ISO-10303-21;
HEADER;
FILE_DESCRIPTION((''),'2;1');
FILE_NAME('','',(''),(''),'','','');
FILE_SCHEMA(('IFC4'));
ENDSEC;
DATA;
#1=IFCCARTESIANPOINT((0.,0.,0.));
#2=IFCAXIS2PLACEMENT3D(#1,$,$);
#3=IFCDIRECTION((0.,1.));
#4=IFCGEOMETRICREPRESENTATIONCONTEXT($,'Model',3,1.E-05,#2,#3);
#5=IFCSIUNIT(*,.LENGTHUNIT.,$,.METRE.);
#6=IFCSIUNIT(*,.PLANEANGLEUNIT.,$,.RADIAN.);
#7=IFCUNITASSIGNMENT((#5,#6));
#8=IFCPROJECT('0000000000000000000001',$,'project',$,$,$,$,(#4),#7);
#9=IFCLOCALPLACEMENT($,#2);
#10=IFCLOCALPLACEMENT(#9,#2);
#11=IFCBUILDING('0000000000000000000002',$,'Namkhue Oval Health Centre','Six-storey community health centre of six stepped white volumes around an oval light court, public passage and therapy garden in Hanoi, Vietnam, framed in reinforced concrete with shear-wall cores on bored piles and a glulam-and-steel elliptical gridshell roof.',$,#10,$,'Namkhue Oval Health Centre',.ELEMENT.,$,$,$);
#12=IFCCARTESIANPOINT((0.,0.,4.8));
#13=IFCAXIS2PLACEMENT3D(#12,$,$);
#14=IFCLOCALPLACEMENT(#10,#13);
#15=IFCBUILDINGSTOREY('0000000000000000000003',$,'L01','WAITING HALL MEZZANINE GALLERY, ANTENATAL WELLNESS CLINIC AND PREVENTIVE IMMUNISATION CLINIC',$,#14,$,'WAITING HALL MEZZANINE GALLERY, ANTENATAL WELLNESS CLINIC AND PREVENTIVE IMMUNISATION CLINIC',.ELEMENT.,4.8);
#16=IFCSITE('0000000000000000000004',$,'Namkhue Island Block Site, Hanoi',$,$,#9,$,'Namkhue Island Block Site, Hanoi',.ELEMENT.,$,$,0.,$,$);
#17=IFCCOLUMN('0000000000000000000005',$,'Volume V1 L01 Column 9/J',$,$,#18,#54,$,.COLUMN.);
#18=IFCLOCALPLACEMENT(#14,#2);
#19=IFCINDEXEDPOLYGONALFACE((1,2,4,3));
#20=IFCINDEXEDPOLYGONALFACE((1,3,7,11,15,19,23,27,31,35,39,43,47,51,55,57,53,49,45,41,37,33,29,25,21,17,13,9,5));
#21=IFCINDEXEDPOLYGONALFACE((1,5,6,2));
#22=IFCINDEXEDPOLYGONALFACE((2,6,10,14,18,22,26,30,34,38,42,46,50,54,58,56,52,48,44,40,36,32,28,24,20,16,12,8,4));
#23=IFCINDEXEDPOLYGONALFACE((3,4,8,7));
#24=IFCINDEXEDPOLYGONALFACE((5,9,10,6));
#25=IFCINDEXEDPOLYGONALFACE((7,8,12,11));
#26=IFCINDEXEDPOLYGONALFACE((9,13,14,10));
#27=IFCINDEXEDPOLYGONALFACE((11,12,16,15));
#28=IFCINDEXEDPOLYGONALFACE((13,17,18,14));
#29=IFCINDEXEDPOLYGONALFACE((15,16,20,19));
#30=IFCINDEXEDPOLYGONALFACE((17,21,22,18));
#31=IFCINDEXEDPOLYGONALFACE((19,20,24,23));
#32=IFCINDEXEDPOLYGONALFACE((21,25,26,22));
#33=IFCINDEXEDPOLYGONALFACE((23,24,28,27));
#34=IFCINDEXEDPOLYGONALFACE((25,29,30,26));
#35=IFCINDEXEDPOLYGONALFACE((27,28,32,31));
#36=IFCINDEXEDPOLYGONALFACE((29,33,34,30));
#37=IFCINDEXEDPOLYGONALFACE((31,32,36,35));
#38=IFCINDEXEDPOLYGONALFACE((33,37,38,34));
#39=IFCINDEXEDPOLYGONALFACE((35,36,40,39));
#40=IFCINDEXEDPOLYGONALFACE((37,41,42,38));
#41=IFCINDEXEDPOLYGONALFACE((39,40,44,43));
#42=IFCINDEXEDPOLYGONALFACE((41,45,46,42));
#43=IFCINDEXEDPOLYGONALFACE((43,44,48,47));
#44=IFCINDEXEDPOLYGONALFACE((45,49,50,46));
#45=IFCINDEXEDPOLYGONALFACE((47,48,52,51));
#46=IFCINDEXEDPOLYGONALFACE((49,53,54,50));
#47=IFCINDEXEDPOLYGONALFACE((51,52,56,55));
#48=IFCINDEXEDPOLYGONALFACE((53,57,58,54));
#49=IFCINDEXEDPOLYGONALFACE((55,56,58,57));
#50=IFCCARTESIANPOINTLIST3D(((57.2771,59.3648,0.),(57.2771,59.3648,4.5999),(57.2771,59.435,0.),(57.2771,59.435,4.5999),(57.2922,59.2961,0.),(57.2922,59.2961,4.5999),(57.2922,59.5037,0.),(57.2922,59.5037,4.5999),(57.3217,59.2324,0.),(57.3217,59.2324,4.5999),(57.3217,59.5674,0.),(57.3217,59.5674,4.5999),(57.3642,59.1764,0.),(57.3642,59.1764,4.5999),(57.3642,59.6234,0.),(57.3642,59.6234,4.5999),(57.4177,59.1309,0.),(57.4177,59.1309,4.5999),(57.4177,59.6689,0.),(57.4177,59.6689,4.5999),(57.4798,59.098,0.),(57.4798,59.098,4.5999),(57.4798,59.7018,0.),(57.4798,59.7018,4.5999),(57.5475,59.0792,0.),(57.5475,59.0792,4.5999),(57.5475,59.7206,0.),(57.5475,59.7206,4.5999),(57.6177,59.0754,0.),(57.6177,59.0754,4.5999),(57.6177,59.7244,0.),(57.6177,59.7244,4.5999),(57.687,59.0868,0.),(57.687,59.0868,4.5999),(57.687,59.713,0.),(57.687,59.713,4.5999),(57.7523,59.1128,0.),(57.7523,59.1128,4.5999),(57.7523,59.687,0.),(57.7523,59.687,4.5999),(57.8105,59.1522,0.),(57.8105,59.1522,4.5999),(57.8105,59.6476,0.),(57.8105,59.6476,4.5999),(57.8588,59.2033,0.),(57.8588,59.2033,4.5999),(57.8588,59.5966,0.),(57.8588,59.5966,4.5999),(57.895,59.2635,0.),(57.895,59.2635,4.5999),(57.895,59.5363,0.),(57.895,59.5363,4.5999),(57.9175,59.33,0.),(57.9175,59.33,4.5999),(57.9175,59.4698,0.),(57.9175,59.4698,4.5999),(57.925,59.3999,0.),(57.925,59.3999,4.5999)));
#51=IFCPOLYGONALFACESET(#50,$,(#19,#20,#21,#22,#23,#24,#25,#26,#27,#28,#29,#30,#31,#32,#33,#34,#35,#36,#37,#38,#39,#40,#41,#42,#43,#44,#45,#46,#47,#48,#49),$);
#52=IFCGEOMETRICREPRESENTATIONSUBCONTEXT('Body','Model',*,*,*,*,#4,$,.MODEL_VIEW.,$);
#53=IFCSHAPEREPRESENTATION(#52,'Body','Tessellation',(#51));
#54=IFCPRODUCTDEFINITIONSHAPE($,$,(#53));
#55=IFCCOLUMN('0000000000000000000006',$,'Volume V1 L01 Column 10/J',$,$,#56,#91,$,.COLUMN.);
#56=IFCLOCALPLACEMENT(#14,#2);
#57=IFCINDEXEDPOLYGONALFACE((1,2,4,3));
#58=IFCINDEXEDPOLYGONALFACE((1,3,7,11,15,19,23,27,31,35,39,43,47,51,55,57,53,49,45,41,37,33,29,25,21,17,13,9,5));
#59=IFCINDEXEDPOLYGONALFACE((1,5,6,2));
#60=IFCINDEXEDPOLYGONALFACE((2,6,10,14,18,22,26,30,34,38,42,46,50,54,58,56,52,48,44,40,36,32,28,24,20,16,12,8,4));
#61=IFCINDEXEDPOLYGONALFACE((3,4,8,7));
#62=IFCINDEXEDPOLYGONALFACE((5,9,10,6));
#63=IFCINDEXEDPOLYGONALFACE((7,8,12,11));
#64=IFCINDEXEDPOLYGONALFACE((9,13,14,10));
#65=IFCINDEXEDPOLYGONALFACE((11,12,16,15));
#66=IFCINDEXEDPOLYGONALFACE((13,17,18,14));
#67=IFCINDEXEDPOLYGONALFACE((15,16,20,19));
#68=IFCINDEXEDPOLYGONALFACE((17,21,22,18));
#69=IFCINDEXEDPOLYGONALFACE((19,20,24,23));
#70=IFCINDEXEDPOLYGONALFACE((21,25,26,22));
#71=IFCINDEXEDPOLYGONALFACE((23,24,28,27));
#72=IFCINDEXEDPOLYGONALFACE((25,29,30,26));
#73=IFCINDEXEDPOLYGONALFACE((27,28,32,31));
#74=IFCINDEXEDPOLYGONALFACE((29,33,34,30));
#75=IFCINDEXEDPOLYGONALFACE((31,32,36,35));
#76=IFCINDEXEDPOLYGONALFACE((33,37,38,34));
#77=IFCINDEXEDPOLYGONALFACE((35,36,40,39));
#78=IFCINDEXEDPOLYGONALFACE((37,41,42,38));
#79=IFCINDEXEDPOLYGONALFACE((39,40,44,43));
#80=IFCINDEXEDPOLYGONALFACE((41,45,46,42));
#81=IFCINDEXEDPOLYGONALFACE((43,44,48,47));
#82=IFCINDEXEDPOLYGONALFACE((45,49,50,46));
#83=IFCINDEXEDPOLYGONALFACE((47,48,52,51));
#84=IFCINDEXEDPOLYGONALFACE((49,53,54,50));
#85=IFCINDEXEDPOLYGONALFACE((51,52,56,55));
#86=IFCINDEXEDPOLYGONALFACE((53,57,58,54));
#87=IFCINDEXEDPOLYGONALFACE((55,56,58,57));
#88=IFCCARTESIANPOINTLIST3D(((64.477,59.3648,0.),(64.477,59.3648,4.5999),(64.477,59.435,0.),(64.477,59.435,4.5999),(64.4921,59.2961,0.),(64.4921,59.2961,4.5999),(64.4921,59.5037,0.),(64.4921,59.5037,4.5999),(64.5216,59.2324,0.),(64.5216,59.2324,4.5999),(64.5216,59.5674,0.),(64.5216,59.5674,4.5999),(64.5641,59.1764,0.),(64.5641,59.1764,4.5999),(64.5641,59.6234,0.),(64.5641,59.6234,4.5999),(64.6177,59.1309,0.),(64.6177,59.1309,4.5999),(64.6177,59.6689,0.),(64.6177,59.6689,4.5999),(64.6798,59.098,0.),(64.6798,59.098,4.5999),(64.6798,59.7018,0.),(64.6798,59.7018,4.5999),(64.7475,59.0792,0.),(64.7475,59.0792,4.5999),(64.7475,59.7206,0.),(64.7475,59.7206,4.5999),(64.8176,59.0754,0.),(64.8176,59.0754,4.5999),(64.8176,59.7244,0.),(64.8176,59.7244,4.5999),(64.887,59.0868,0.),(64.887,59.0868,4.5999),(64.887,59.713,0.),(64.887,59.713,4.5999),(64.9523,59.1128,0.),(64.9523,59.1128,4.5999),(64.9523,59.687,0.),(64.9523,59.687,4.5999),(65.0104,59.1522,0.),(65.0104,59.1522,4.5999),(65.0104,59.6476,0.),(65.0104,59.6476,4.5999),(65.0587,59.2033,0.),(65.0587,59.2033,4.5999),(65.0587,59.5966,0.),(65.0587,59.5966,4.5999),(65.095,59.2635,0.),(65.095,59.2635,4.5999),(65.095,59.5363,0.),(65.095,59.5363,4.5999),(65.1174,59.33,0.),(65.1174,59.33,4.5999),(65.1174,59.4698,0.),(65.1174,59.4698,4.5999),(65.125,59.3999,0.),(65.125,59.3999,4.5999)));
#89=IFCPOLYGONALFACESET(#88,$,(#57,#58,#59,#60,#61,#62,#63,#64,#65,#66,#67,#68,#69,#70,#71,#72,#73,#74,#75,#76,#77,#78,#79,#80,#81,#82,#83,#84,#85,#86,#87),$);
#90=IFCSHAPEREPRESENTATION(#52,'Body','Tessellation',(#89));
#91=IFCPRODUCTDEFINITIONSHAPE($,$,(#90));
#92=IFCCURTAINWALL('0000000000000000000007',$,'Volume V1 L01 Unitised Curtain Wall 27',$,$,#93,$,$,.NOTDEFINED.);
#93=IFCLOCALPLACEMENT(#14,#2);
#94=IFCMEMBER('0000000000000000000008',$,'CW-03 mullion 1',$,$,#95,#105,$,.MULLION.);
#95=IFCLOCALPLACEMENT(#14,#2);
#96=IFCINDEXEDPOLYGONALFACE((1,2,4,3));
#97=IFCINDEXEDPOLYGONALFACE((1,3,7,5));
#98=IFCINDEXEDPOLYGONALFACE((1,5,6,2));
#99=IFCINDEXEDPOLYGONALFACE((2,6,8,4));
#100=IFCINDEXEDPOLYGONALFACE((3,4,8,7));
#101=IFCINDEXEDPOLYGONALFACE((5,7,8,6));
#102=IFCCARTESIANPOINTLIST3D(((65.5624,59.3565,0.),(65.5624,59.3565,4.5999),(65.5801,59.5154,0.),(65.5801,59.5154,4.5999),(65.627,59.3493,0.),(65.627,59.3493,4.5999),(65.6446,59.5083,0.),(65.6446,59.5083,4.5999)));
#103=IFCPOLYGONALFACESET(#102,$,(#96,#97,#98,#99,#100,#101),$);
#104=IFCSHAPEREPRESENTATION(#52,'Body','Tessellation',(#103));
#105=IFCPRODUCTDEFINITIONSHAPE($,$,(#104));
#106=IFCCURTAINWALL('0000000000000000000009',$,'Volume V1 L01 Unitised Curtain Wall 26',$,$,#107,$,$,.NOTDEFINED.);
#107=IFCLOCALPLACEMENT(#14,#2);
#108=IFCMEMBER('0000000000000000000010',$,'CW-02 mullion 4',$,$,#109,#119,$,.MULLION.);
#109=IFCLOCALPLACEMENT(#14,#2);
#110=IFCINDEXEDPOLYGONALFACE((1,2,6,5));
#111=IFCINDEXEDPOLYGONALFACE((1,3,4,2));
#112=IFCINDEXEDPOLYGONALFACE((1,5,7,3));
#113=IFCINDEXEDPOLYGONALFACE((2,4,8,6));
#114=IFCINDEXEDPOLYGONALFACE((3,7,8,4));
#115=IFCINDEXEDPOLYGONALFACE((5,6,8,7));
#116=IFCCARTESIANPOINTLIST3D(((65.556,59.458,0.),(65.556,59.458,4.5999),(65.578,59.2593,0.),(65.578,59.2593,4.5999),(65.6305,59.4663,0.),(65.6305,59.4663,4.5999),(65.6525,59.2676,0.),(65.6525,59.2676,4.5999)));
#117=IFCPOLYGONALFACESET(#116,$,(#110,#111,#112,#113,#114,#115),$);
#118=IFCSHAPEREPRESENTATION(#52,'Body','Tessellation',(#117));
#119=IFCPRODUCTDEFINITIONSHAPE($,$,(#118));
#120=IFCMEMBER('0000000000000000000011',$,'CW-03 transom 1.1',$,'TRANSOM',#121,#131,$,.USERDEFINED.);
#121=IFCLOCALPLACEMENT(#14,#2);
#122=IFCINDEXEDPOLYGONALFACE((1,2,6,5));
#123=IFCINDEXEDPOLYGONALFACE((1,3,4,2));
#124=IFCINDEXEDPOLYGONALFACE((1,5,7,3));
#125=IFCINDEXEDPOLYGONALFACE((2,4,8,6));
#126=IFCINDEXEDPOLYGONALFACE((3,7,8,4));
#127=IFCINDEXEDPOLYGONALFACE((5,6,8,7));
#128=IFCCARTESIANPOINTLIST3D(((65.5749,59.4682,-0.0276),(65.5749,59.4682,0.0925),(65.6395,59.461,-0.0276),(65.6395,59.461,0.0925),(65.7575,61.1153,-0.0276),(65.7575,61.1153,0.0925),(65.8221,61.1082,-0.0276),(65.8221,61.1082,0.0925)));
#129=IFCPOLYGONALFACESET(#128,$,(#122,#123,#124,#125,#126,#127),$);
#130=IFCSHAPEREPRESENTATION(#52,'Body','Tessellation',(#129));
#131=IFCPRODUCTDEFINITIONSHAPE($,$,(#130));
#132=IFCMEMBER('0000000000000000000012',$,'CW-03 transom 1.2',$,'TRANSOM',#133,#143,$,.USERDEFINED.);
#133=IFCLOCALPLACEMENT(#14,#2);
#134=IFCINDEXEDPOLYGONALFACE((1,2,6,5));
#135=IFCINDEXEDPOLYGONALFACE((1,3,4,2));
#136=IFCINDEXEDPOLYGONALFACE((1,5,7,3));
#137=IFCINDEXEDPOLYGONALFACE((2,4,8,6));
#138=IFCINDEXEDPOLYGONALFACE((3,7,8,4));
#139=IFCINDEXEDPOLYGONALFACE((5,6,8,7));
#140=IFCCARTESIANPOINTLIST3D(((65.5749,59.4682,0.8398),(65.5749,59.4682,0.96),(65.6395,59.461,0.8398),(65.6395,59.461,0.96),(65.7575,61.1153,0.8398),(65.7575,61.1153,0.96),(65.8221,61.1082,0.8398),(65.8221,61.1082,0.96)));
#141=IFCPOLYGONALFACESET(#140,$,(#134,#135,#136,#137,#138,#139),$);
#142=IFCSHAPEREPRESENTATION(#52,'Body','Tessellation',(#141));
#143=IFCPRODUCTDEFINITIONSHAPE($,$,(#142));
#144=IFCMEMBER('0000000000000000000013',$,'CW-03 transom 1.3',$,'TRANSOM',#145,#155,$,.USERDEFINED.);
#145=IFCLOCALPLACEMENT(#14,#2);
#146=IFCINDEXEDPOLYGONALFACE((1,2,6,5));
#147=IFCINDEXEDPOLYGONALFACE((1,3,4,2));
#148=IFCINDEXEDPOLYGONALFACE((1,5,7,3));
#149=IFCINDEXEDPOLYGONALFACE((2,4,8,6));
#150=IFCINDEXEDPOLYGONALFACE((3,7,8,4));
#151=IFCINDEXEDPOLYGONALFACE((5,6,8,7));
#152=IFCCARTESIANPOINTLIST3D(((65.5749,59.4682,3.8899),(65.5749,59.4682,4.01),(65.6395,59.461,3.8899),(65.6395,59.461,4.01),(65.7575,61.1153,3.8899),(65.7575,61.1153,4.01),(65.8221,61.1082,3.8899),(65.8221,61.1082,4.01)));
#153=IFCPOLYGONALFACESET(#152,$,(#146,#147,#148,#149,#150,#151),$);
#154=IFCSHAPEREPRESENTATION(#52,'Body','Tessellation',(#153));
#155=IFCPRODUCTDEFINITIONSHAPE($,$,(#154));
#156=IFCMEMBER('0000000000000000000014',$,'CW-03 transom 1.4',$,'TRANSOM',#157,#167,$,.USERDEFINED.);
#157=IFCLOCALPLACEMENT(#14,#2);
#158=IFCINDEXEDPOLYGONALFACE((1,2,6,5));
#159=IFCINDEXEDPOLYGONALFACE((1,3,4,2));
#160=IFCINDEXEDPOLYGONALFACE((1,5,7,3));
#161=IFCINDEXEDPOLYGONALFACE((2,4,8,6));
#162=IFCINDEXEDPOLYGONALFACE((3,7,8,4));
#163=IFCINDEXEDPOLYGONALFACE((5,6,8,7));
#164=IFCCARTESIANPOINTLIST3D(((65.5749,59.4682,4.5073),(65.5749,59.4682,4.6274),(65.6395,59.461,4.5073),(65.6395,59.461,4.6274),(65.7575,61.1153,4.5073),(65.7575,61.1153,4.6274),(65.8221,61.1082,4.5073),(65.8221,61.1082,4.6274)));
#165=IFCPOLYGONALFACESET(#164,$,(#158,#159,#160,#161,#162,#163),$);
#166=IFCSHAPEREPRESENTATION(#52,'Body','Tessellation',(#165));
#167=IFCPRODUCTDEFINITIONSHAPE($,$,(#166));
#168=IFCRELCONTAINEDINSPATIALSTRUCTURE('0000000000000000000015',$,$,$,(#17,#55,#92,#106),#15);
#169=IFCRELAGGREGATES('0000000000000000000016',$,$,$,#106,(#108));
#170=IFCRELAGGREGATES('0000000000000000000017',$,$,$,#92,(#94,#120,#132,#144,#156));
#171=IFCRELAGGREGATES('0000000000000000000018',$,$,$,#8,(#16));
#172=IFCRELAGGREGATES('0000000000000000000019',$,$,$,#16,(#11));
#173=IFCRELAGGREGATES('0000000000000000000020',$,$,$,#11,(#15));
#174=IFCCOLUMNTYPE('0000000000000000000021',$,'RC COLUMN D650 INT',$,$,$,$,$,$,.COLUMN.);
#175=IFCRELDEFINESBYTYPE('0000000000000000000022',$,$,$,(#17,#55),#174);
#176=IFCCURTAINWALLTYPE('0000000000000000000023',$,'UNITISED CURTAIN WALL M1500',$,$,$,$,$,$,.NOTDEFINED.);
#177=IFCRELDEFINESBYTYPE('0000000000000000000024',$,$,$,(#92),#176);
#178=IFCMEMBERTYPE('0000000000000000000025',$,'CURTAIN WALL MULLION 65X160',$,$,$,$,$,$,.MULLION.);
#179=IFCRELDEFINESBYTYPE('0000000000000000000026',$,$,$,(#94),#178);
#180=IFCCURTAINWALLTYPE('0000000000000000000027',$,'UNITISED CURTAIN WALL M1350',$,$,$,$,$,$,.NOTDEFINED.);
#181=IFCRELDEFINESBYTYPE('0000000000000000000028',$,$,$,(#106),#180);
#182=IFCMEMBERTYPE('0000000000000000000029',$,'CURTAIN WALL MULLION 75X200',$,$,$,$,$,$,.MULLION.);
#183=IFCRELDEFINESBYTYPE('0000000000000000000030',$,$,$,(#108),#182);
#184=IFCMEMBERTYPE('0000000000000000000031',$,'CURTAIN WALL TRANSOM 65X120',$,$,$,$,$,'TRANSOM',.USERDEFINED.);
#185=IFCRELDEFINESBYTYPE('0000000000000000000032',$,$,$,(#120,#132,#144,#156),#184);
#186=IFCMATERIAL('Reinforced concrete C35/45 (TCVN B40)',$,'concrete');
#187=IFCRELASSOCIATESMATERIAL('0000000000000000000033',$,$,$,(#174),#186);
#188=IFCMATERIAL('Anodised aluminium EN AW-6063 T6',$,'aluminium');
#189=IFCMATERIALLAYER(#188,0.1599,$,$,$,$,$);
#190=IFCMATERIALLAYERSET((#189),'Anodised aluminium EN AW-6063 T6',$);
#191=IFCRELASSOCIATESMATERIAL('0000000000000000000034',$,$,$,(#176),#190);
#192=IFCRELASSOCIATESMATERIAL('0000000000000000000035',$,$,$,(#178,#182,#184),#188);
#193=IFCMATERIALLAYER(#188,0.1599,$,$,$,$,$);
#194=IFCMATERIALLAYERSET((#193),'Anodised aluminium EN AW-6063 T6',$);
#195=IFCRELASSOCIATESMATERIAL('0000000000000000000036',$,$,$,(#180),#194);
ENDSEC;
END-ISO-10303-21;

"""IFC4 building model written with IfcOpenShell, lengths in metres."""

from ifc_helpers import new_model, si_unit, direction, frame, origin, origin_2d, place, context, subcontext, project, spatial, rectangle, circle, extrude, material, layer, layer_set, material_profile, profile_set, type_object, element, aggregate, save


model = new_model("IFC4")

# Units and contexts
model_context = context("Model", 3, precision=1e-05, world=origin(), true_north=direction((0.0, 1.0)))
body_context = subcontext(model_context, "Body", "Model", "MODEL_VIEW")
ifc_project = project(units=[si_unit("LENGTHUNIT", "METRE"), si_unit("PLANEANGLEUNIT", "RADIAN")], contexts=[model_context])

# Site, building, storey
site_placement = place(None, origin())
site = spatial("IfcSite", under=ifc_project, at=site_placement, Name="Namkhue Island Block Site, Hanoi", LongName="Namkhue Island Block Site, Hanoi", CompositionType="ELEMENT", RefElevation=0.0)
building_placement = place(site_placement, origin())
building = spatial("IfcBuilding", under=site, at=building_placement, Name="Namkhue Oval Health Centre", Description="Six-storey community health centre of six stepped white volumes around an oval light court, public passage and therapy garden in Hanoi, Vietnam, framed in reinforced concrete with shear-wall cores on bored piles and a glulam-and-steel elliptical gridshell roof.", LongName="Namkhue Oval Health Centre", CompositionType="ELEMENT")
storey_placement = place(building_placement, frame((0.0, 0.0, 4.8)))
storey = spatial("IfcBuildingStorey", under=building, at=storey_placement, Name="L01", Description="WAITING HALL MEZZANINE GALLERY, ANTENATAL WELLNESS CLINIC AND PREVENTIVE IMMUNISATION CLINIC", LongName="WAITING HALL MEZZANINE GALLERY, ANTENATAL WELLNESS CLINIC AND PREVENTIVE IMMUNISATION CLINIC", CompositionType="ELEMENT", Elevation=4.8)

# Columns
ifc_material_1 = material(Name="Reinforced concrete C35/45 (TCVN B40)", Category="concrete")
ifc_material_profile_1 = material_profile(ifc_material_1, circle(Radius=0.325, at=origin_2d()), Name="RC D650")
ifc_profile_set_1 = profile_set([ifc_material_profile_1], Name="Reinforced concrete C35/45 (TCVN B40)")
column_type = type_object("IfcColumnType", Name="RC COLUMN D650 INT", PredefinedType="COLUMN", material=ifc_profile_set_1)
for number, where, z_axis, x_axis, name in (
    (1, (57.6001, 59.3999, 0.0), (0.0, 0.0, 1.0), (1.0, 0.0, 0.0), "Volume V1 L01 Column 9/J"),
    (2, (64.8, 59.3999, 0.0), (0.0, 0.0, 1.0), (1.0, 0.0, 0.0), "Volume V1 L01 Column 10/J"),
):
    element("IfcColumn", number, at=place(storey_placement, frame(where, z_axis=z_axis, x_axis=x_axis)), inside=storey, type_object=column_type, Name=name, PredefinedType="COLUMN", context=body_context, shape_type="SweptSolid", body=[
        extrude(circle(Radius=0.325, at=origin_2d()), origin(), (0.0, 0.0, 1.0), 4.5999),
    ])

# Curtain walls, members
ifc_material_2 = material(Name="Anodised aluminium EN AW-6063 T6", Category="aluminium")
ifc_layer_1 = layer(ifc_material_2, 0.1599)
ifc_layer_set_1 = layer_set([ifc_layer_1], Name="Anodised aluminium EN AW-6063 T6")
curtain_wall_type_1 = type_object("IfcCurtainWallType", Name="UNITISED CURTAIN WALL M1500", PredefinedType="NOTDEFINED", material=ifc_layer_set_1)
curtain_wall_1_placement = place(storey_placement, origin())
curtain_wall_1 = element("IfcCurtainWall", 3, at=curtain_wall_1_placement, inside=storey, type_object=curtain_wall_type_1, Name="Volume V1 L01 Unitised Curtain Wall 27", PredefinedType="NOTDEFINED")
ifc_material_profile_2 = material_profile(ifc_material_2, rectangle(XDim=0.0649, YDim=0.1599, at=origin_2d()), Name="ALU 65x160")
ifc_profile_set_2 = profile_set([ifc_material_profile_2], Name="Anodised aluminium EN AW-6063 T6")
member_type_1 = type_object("IfcMemberType", Name="CURTAIN WALL MULLION 65X160", PredefinedType="MULLION", material=ifc_profile_set_2)
member_1_placement = place(storey_placement, frame((65.6035, 59.4324, 0.0), z_axis=(0.0, 0.0, 1.0), x_axis=(-0.993901, 0.110275, 0.0)))
member_1 = element("IfcMember", 4, at=member_1_placement, type_object=member_type_1, Name="CW-03 mullion 1", PredefinedType="MULLION", context=body_context, shape_type="SweptSolid", body=[
    extrude(rectangle(XDim=0.0649, YDim=0.1599, at=origin_2d()), origin(), (0.0, 0.0, 1.0), 4.5999),
])
ifc_layer_2 = layer(ifc_material_2, 0.1599)
ifc_layer_set_2 = layer_set([ifc_layer_2], Name="Anodised aluminium EN AW-6063 T6")
curtain_wall_type_2 = type_object("IfcCurtainWallType", Name="UNITISED CURTAIN WALL M1350", PredefinedType="NOTDEFINED", material=ifc_layer_set_2)
curtain_wall_2_placement = place(storey_placement, origin())
curtain_wall_2 = element("IfcCurtainWall", 5, at=curtain_wall_2_placement, inside=storey, type_object=curtain_wall_type_2, Name="Volume V1 L01 Unitised Curtain Wall 26", PredefinedType="NOTDEFINED")
ifc_material_profile_3 = material_profile(ifc_material_2, rectangle(XDim=0.075, YDim=0.2, at=origin_2d()), Name="ALU 75x200")
ifc_profile_set_3 = profile_set([ifc_material_profile_3], Name="Anodised aluminium EN AW-6063 T6")
member_type_2 = type_object("IfcMemberType", Name="CURTAIN WALL MULLION 75X200", PredefinedType="MULLION", material=ifc_profile_set_3)
member_2_placement = place(storey_placement, frame((65.6042, 59.3628, 0.0), z_axis=(0.0, 0.0, 1.0), x_axis=(-0.993901, -0.110275, 0.0)))
member_2 = element("IfcMember", 6, at=member_2_placement, type_object=member_type_2, Name="CW-02 mullion 4", PredefinedType="MULLION", context=body_context, shape_type="SweptSolid", body=[
    extrude(rectangle(XDim=0.075, YDim=0.2, at=origin_2d()), origin(), (0.0, 0.0, 1.0), 4.5999),
])

# Members
ifc_material_profile_4 = material_profile(ifc_material_2, rectangle(XDim=0.0649, YDim=0.1201, at=origin_2d()), Name="ALU 65x120")
ifc_profile_set_4 = profile_set([ifc_material_profile_4], Name="Anodised aluminium EN AW-6063 T6")
member_type_3 = type_object("IfcMemberType", Name="CURTAIN WALL TRANSOM 65X120", ElementType="TRANSOM", PredefinedType="USERDEFINED", material=ifc_profile_set_4)
member_3_placement = place(storey_placement, frame((65.6072, 59.4646, 0.0325), z_axis=(0.110189, 0.993911, 0.0), x_axis=(-0.993911, 0.110189, 0.0)))
member_3 = element("IfcMember", 7, at=member_3_placement, type_object=member_type_3, Name="CW-03 transom 1.1", ObjectType="TRANSOM", PredefinedType="USERDEFINED", context=body_context, shape_type="SweptSolid", body=[
    extrude(rectangle(XDim=0.0649, YDim=0.1201, at=origin_2d()), origin(), (0.0, 0.0, 1.0), 1.6572),
])
member_4_placement = place(storey_placement, frame((65.6072, 59.4646, 0.8999), z_axis=(0.110189, 0.993911, 0.0), x_axis=(-0.993911, 0.110189, 0.0)))
member_4 = element("IfcMember", 8, at=member_4_placement, type_object=member_type_3, Name="CW-03 transom 1.2", ObjectType="TRANSOM", PredefinedType="USERDEFINED", context=body_context, shape_type="SweptSolid", body=[
    extrude(rectangle(XDim=0.0649, YDim=0.1201, at=origin_2d()), origin(), (0.0, 0.0, 1.0), 1.6572),
])
member_5_placement = place(storey_placement, frame((65.6072, 59.4646, 3.95), z_axis=(0.110189, 0.993911, 0.0), x_axis=(-0.993911, 0.110189, 0.0)))
member_5 = element("IfcMember", 9, at=member_5_placement, type_object=member_type_3, Name="CW-03 transom 1.3", ObjectType="TRANSOM", PredefinedType="USERDEFINED", context=body_context, shape_type="SweptSolid", body=[
    extrude(rectangle(XDim=0.0649, YDim=0.1201, at=origin_2d()), origin(), (0.0, 0.0, 1.0), 1.6572),
])
member_6_placement = place(storey_placement, frame((65.6072, 59.4646, 4.5674), z_axis=(0.110189, 0.993911, 0.0), x_axis=(-0.993911, 0.110189, 0.0)))
member_6 = element("IfcMember", 10, at=member_6_placement, type_object=member_type_3, Name="CW-03 transom 1.4", ObjectType="TRANSOM", PredefinedType="USERDEFINED", context=body_context, shape_type="SweptSolid", body=[
    extrude(rectangle(XDim=0.0649, YDim=0.1201, at=origin_2d()), origin(), (0.0, 0.0, 1.0), 1.6572),
])

aggregate(curtain_wall_2, [member_2])
aggregate(curtain_wall_1, [member_1, member_3, member_4, member_5, member_6])

save(model, "model.ifc")
